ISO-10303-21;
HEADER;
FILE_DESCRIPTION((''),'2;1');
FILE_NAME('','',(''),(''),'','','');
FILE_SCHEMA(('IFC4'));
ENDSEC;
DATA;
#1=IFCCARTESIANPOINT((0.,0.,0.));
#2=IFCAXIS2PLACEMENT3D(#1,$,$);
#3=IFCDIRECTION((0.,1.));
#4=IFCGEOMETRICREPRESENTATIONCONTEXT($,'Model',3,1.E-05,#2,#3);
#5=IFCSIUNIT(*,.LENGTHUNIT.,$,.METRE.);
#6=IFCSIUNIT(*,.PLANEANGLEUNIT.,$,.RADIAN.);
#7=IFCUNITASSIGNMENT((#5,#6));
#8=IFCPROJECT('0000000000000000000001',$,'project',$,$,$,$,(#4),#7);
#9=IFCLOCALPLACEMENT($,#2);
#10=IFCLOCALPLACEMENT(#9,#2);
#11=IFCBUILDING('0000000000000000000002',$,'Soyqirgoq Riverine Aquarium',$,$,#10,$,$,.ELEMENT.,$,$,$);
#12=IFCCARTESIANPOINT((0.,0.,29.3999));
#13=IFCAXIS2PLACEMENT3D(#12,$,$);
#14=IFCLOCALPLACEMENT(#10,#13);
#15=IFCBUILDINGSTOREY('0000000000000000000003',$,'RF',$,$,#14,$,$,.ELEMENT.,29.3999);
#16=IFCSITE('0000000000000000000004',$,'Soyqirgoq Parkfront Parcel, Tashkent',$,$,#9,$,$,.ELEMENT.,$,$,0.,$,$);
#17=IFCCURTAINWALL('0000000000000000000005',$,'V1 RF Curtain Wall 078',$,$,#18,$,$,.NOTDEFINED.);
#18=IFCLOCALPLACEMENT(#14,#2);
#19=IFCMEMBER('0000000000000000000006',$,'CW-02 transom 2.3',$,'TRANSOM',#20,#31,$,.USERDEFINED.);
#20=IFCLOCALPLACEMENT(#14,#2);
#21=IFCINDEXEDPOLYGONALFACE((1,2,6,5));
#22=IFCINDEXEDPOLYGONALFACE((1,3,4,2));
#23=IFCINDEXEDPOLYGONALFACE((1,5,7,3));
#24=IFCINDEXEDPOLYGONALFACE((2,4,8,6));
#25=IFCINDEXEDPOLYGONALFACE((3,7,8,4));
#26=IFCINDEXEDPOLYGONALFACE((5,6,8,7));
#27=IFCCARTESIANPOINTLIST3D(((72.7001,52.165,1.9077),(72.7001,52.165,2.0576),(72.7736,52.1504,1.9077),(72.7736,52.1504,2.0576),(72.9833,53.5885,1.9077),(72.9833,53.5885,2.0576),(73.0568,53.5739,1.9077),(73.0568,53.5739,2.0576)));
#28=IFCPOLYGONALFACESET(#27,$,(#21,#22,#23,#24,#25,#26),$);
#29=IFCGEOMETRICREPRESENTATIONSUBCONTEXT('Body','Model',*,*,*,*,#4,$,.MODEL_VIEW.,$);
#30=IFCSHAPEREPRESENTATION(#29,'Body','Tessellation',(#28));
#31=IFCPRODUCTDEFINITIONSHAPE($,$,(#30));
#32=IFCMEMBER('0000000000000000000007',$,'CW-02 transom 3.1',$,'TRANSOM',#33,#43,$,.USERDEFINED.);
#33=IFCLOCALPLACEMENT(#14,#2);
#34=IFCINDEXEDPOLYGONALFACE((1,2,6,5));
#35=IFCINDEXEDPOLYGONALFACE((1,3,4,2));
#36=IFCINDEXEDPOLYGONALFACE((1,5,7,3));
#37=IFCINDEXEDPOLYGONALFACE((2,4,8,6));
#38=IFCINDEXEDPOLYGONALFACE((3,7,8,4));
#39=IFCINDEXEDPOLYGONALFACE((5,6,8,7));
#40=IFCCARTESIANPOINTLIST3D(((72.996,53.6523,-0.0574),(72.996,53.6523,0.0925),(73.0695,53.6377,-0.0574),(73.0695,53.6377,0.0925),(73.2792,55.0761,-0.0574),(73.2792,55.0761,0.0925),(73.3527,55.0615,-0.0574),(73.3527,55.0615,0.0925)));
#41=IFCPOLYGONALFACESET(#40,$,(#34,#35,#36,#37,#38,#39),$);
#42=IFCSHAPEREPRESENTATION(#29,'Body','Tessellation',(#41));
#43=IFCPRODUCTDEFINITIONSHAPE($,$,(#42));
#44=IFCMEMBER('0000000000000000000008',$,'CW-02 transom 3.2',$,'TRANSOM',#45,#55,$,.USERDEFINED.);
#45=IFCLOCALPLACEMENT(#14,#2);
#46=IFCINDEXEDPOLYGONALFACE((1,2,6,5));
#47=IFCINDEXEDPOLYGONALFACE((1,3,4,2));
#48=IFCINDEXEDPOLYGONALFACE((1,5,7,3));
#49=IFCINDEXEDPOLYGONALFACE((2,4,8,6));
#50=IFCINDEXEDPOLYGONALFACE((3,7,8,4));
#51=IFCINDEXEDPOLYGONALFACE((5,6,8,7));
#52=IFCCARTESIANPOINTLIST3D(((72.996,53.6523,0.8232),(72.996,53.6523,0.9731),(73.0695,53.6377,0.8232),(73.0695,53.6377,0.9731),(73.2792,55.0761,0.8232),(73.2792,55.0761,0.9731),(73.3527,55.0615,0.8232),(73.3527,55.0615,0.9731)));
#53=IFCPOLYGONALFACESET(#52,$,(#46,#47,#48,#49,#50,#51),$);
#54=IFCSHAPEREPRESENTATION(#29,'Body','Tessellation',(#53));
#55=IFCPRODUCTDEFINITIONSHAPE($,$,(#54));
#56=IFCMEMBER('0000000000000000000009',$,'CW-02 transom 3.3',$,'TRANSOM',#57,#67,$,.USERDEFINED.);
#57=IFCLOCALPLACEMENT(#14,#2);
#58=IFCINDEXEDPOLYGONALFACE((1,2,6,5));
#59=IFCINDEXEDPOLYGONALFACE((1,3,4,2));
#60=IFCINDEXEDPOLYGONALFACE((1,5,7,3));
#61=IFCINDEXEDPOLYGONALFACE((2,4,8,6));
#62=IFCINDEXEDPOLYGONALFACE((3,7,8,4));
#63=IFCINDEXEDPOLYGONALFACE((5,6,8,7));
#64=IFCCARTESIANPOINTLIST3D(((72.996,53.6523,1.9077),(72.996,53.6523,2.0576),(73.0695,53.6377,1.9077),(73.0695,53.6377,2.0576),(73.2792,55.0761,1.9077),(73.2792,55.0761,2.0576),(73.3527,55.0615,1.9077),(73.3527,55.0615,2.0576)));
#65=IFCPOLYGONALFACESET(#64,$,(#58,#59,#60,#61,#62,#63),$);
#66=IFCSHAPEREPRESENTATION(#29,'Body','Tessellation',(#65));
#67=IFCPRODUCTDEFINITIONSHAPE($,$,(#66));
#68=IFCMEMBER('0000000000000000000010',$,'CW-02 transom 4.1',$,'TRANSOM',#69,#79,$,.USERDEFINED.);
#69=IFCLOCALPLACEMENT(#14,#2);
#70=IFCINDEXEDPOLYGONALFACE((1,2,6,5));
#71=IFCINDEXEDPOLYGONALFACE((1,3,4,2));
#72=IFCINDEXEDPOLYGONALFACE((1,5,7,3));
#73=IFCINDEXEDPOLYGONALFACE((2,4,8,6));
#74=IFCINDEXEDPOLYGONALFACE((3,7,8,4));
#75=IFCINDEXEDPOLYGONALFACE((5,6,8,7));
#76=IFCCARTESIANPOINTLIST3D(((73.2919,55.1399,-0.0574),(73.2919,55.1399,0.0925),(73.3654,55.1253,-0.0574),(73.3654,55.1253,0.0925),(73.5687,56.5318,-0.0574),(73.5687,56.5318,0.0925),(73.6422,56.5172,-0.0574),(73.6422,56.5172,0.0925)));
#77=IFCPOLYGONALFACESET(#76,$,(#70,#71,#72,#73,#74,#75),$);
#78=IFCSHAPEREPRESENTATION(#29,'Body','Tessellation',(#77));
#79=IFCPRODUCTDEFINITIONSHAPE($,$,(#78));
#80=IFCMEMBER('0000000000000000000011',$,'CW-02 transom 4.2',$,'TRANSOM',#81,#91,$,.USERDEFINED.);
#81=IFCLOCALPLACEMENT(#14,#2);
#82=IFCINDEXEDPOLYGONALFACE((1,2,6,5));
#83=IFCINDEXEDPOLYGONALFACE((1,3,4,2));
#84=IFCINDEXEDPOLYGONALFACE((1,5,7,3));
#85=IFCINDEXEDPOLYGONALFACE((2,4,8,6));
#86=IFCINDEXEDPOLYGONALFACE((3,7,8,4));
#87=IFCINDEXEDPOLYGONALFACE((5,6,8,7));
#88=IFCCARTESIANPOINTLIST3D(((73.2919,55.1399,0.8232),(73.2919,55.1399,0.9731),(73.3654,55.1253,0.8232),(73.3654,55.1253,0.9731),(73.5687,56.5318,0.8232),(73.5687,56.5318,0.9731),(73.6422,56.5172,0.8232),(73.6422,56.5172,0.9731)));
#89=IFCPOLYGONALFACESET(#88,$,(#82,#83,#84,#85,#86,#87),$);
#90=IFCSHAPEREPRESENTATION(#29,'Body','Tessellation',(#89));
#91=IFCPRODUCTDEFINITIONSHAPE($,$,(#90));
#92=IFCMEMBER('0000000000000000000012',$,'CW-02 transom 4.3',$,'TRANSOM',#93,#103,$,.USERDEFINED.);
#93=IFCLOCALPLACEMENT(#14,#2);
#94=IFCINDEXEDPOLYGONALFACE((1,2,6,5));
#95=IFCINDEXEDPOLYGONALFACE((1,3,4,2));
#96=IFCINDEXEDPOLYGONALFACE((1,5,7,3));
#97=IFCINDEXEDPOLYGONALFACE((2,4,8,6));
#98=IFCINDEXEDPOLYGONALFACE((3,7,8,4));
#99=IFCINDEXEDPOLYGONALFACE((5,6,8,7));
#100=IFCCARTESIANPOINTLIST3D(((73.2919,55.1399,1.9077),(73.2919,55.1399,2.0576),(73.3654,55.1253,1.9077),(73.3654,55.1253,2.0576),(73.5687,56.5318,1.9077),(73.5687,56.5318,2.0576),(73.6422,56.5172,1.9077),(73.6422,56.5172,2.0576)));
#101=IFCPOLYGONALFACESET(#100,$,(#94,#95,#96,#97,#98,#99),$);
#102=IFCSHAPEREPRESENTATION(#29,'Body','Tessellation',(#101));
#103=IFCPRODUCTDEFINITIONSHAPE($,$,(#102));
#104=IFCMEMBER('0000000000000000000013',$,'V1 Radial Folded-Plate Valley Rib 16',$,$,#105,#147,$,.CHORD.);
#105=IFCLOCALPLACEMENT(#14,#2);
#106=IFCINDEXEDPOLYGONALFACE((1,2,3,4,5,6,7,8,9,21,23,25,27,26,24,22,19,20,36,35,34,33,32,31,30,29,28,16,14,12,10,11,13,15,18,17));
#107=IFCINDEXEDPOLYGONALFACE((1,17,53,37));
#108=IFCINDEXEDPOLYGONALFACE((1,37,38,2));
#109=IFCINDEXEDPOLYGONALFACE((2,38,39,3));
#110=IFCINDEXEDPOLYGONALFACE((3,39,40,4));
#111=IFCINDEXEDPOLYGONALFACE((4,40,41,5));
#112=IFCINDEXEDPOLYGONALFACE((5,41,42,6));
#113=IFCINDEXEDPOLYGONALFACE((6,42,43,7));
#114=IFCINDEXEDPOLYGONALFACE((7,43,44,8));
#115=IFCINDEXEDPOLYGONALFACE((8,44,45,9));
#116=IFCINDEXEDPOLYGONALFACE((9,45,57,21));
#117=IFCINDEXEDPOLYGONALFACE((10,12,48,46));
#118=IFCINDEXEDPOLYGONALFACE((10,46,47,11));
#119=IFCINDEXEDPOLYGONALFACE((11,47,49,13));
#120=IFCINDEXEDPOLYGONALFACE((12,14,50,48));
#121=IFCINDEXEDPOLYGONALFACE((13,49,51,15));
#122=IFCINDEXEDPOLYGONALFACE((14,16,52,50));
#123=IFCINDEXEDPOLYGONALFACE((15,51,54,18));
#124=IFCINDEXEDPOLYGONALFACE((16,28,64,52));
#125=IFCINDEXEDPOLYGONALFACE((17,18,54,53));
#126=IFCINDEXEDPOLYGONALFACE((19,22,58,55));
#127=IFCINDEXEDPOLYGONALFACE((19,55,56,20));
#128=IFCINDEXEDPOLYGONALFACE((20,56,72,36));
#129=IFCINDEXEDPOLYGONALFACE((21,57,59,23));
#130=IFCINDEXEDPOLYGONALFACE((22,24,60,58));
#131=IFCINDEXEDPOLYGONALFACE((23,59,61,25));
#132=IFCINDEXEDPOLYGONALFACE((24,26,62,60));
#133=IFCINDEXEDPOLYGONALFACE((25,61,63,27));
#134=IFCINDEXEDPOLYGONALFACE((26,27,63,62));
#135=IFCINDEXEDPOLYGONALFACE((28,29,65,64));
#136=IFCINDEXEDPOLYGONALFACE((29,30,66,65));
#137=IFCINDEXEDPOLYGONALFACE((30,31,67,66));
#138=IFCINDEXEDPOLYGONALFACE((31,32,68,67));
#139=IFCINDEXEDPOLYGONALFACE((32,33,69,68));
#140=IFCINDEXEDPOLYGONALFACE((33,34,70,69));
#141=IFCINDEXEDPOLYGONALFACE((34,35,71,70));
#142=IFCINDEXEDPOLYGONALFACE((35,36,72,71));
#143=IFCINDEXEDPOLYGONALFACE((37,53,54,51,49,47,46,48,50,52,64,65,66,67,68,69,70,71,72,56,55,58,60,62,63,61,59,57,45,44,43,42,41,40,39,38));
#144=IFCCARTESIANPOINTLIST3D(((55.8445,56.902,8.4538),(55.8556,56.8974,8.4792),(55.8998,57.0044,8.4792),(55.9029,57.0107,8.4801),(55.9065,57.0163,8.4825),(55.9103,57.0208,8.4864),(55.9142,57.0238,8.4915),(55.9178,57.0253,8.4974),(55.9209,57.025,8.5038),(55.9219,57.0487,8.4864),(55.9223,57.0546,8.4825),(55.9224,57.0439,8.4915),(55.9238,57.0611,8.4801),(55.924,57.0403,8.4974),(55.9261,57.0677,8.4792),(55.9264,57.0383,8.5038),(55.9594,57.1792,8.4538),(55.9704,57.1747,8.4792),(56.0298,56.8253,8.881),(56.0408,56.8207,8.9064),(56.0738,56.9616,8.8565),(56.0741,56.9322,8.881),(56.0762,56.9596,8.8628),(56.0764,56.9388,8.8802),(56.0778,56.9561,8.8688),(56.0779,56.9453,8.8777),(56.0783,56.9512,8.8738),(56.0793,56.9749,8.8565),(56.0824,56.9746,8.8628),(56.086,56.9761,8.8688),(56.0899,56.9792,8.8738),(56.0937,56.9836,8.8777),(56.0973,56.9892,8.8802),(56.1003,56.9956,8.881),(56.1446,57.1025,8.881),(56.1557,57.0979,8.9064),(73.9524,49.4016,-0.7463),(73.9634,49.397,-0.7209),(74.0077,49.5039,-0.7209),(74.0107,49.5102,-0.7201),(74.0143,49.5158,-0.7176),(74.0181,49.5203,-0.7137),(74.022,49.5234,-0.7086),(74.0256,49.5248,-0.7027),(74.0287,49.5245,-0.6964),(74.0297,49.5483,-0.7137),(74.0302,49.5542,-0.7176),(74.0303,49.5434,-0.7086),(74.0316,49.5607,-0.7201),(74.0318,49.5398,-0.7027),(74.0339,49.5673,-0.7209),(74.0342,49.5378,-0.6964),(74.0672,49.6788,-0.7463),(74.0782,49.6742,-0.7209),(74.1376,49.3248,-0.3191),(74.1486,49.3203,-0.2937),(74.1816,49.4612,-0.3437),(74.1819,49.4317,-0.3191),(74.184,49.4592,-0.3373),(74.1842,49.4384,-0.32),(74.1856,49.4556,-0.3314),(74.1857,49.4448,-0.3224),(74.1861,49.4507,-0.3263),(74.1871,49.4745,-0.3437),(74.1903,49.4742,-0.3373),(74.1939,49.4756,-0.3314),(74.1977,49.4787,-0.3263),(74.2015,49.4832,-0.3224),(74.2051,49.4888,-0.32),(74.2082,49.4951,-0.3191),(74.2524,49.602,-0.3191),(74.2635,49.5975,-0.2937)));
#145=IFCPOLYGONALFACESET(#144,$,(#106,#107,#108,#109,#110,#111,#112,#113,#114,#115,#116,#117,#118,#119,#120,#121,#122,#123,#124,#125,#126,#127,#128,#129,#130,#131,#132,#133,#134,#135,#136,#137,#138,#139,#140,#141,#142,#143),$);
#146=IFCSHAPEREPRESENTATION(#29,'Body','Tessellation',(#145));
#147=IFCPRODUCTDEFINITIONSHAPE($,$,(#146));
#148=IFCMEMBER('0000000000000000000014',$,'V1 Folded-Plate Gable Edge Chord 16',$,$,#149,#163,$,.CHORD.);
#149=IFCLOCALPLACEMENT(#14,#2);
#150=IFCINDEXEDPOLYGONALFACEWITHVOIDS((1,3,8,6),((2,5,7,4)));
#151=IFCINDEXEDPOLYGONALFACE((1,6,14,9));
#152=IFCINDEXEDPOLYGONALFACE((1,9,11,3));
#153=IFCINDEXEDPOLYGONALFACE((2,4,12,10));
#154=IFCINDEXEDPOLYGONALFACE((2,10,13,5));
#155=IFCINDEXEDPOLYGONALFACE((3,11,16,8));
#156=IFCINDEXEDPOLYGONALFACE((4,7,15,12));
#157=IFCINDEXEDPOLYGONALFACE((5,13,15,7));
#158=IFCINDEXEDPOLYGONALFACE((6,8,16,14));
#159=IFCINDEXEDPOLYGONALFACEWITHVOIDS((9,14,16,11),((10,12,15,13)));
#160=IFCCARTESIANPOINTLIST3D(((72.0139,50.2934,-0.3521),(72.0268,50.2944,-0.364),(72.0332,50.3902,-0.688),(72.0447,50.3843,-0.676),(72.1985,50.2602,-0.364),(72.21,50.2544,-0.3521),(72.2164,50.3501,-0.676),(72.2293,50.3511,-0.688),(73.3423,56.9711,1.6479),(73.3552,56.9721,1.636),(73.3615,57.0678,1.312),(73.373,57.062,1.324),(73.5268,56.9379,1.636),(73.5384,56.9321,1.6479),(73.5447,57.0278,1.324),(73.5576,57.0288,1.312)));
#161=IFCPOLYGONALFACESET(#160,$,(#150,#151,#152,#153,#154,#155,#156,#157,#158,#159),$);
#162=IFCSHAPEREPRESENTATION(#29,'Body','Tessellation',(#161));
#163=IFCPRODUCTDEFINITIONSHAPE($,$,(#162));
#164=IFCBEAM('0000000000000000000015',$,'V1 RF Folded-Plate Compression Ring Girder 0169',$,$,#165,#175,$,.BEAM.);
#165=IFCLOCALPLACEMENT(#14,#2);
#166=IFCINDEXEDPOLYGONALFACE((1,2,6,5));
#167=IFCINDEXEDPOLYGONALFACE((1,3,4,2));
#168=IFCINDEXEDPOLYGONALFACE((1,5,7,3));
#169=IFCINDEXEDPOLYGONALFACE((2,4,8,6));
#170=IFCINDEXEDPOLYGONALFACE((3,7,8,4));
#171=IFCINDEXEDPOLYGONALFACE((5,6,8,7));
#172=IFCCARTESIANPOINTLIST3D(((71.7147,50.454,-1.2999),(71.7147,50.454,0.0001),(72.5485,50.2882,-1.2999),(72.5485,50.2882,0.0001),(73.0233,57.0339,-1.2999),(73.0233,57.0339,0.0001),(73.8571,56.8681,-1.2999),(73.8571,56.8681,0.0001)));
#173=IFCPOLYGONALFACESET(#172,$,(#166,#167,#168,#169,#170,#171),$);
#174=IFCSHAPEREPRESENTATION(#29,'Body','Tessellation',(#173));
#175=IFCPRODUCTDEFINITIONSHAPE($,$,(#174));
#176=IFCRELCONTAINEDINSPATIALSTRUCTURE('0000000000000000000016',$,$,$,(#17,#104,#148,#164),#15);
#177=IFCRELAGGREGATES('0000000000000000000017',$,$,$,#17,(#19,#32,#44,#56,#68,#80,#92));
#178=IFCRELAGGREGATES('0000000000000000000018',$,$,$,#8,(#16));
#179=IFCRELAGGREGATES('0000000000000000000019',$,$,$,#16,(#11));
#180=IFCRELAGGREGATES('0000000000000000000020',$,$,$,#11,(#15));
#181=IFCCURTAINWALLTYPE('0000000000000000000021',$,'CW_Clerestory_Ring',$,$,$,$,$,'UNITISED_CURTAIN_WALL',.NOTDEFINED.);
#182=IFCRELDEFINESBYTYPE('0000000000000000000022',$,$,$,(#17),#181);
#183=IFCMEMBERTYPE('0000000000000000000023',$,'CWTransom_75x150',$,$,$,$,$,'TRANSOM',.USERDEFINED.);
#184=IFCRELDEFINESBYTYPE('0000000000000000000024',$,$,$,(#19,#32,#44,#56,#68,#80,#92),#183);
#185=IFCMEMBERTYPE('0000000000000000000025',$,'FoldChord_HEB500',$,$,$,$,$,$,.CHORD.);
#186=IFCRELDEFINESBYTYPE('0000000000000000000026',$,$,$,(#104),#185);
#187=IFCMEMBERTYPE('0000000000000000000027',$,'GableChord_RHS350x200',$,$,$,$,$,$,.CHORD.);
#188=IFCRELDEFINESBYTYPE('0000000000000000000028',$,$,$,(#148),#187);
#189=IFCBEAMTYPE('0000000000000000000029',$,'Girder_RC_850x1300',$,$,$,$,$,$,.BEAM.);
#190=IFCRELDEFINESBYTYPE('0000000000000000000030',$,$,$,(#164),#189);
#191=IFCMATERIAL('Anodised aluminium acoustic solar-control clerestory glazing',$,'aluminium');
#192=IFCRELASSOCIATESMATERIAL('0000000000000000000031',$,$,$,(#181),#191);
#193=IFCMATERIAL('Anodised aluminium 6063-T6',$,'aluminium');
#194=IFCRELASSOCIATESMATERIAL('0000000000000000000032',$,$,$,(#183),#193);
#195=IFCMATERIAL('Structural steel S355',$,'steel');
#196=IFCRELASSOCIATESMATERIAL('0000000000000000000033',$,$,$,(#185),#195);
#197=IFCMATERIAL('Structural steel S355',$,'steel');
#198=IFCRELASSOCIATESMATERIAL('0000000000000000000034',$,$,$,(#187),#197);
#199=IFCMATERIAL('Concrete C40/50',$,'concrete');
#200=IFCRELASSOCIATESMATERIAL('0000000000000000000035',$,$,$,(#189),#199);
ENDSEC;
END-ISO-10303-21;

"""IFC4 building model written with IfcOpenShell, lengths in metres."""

from ifc_helpers import new_model, si_unit, direction, frame, origin, origin_2d, place, context, subcontext, project, spatial, rectangle, hollow_rectangle, i_section, extrude, material, material_profile, profile_set, type_object, element, aggregate, save


model = new_model("IFC4")

# Units and contexts
model_context = context("Model", 3, precision=1e-05, world=origin(), true_north=direction((0.0, 1.0)))
body_context = subcontext(model_context, "Body", "Model", "MODEL_VIEW")
ifc_project = project(units=[si_unit("LENGTHUNIT", "METRE"), si_unit("PLANEANGLEUNIT", "RADIAN")], contexts=[model_context])

# Site, building, storey
site_placement = place(None, origin())
site = spatial("IfcSite", under=ifc_project, at=site_placement, Name="Soyqirgoq Parkfront Parcel, Tashkent", CompositionType="ELEMENT", RefElevation=0.0)
building_placement = place(site_placement, origin())
building = spatial("IfcBuilding", under=site, at=building_placement, Name="Soyqirgoq Riverine Aquarium", CompositionType="ELEMENT")
storey_placement = place(building_placement, frame((0.0, 0.0, 29.3999)))
storey = spatial("IfcBuildingStorey", under=building, at=storey_placement, Name="RF", CompositionType="ELEMENT", Elevation=29.3999)

# Shared definitions
ifc_material_1 = material(Name="Anodised aluminium acoustic solar-control clerestory glazing", Category="aluminium")
curtain_wall_type = type_object("IfcCurtainWallType", Name="CW_Clerestory_Ring", ElementType="UNITISED_CURTAIN_WALL", PredefinedType="NOTDEFINED", material=ifc_material_1)

# Curtain wall
curtain_wall_1_placement = place(storey_placement, origin())
curtain_wall_1 = element("IfcCurtainWall", 1, at=curtain_wall_1_placement, inside=storey, type_object=curtain_wall_type, Name="V1 RF Curtain Wall 078", PredefinedType="NOTDEFINED")

# Members
ifc_material_2 = material(Name="Anodised aluminium 6063-T6", Category="aluminium")
ifc_material_profile_1 = material_profile(ifc_material_2, rectangle(XDim=0.075, YDim=0.1499, at=origin_2d()), Name="ALU-T 75x150")
ifc_profile_set_1 = profile_set([ifc_material_profile_1], Name="Anodised aluminium 6063-T6")
member_type_1 = type_object("IfcMemberType", Name="CWTransom_75x150", ElementType="TRANSOM", PredefinedType="USERDEFINED", material=ifc_profile_set_1)
member_1_placement = place(storey_placement, frame((72.7368, 52.1577, 1.9827), z_axis=(0.195113, 0.980781, 0.0), x_axis=(-0.980781, 0.195113, 0.0)))
member_1 = element("IfcMember", 2, at=member_1_placement, type_object=member_type_1, Name="CW-02 transom 2.3", ObjectType="TRANSOM", PredefinedType="USERDEFINED", context=body_context, shape_type="SweptSolid", body=[
    extrude(rectangle(XDim=0.075, YDim=0.1499, at=origin_2d()), origin(), (0.0, 0.0, 1.0), 1.4514),
])
member_2_placement = place(storey_placement, frame((73.0327, 53.645, 0.0176), z_axis=(0.195081, 0.980787, 0.0), x_axis=(-0.980787, 0.195081, 0.0)))
member_2 = element("IfcMember", 3, at=member_2_placement, type_object=member_type_1, Name="CW-02 transom 3.1", ObjectType="TRANSOM", PredefinedType="USERDEFINED", context=body_context, shape_type="SweptSolid", body=[
    extrude(rectangle(XDim=0.075, YDim=0.1499, at=origin_2d()), origin(), (0.0, 0.0, 1.0), 1.4517),
])
member_3_placement = place(storey_placement, frame((73.0327, 53.645, 0.8982), z_axis=(0.195081, 0.980787, 0.0), x_axis=(-0.980787, 0.195081, 0.0)))
member_3 = element("IfcMember", 4, at=member_3_placement, type_object=member_type_1, Name="CW-02 transom 3.2", ObjectType="TRANSOM", PredefinedType="USERDEFINED", context=body_context, shape_type="SweptSolid", body=[
    extrude(rectangle(XDim=0.075, YDim=0.1499, at=origin_2d()), origin(), (0.0, 0.0, 1.0), 1.4517),
])
member_4_placement = place(storey_placement, frame((73.0327, 53.645, 1.9827), z_axis=(0.195081, 0.980787, 0.0), x_axis=(-0.980787, 0.195081, 0.0)))
member_4 = element("IfcMember", 5, at=member_4_placement, type_object=member_type_1, Name="CW-02 transom 3.3", ObjectType="TRANSOM", PredefinedType="USERDEFINED", context=body_context, shape_type="SweptSolid", body=[
    extrude(rectangle(XDim=0.075, YDim=0.1499, at=origin_2d()), origin(), (0.0, 0.0, 1.0), 1.4517),
])
member_5_placement = place(storey_placement, frame((73.3286, 55.1326, 0.0176), z_axis=(0.19509, 0.980785, 0.0), x_axis=(-0.980785, 0.19509, 0.0)))
member_5 = element("IfcMember", 6, at=member_5_placement, type_object=member_type_1, Name="CW-02 transom 4.1", ObjectType="TRANSOM", PredefinedType="USERDEFINED", context=body_context, shape_type="SweptSolid", body=[
    extrude(rectangle(XDim=0.075, YDim=0.1499, at=origin_2d()), origin(), (0.0, 0.0, 1.0), 1.4192),
])
member_6_placement = place(storey_placement, frame((73.3286, 55.1326, 0.8982), z_axis=(0.19509, 0.980785, 0.0), x_axis=(-0.980785, 0.19509, 0.0)))
member_6 = element("IfcMember", 7, at=member_6_placement, type_object=member_type_1, Name="CW-02 transom 4.2", ObjectType="TRANSOM", PredefinedType="USERDEFINED", context=body_context, shape_type="SweptSolid", body=[
    extrude(rectangle(XDim=0.075, YDim=0.1499, at=origin_2d()), origin(), (0.0, 0.0, 1.0), 1.4192),
])
member_7_placement = place(storey_placement, frame((73.3286, 55.1326, 1.9827), z_axis=(0.19509, 0.980785, 0.0), x_axis=(-0.980785, 0.19509, 0.0)))
member_7 = element("IfcMember", 8, at=member_7_placement, type_object=member_type_1, Name="CW-02 transom 4.3", ObjectType="TRANSOM", PredefinedType="USERDEFINED", context=body_context, shape_type="SweptSolid", body=[
    extrude(rectangle(XDim=0.075, YDim=0.1499, at=origin_2d()), origin(), (0.0, 0.0, 1.0), 1.4192),
])

# Members
ifc_material_3 = material(Name="Structural steel S355", Category="steel")
ifc_material_profile_2 = material_profile(ifc_material_3, i_section(OverallWidth=0.3, OverallDepth=0.5, WebThickness=0.0144, FlangeThickness=0.0281, FilletRadius=0.0271, at=origin_2d()), Name="HEB 500")
ifc_profile_set_2 = profile_set([ifc_material_profile_2], Name="Structural steel S355")
member_type_2 = type_object("IfcMemberType", Name="FoldChord_HEB500", PredefinedType="CHORD", material=ifc_profile_set_2)
member_8_placement = place(storey_placement, frame((74.1079, 49.4995, -0.52), z_axis=(-0.836326, 0.346415, 0.424917), x_axis=(-0.382681, -0.923881, 0.0)))
element("IfcMember", 9, at=member_8_placement, inside=storey, type_object=member_type_2, Name="V1 Radial Folded-Plate Valley Rib 16", PredefinedType="CHORD", context=body_context, shape_type="SweptSolid", body=[
    extrude(i_section(OverallWidth=0.3, OverallDepth=0.5, WebThickness=0.0144, FlangeThickness=0.0281, FilletRadius=0.0271, at=origin_2d()), origin(), (0.0, 0.0, 1.0), 21.6516),
])
ifc_material_4 = material(Name="Structural steel S355", Category="steel")
ifc_material_profile_3 = material_profile(ifc_material_4, hollow_rectangle(XDim=0.2, YDim=0.3501, WallThickness=0.0125, at=origin_2d()), Name="RHS 350x200x12.5")
ifc_profile_set_3 = profile_set([ifc_material_profile_3], Name="Structural steel S355")
member_type_3 = type_object("IfcMemberType", Name="GableChord_RHS350x200", PredefinedType="CHORD", material=ifc_profile_set_3)
member_9_placement = place(storey_placement, frame((72.1216, 50.3223, -0.52), z_axis=(0.187193, 0.941024, 0.281839), x_axis=(-0.980783, 0.195102, 0.0)))
element("IfcMember", 10, at=member_9_placement, inside=storey, type_object=member_type_3, Name="V1 Folded-Plate Gable Edge Chord 16", PredefinedType="CHORD", context=body_context, shape_type="SweptSolid", body=[
    extrude(hollow_rectangle(XDim=0.2, YDim=0.3501, WallThickness=0.0125, at=origin_2d()), origin(), (0.0, 0.0, 1.0), 7.0962),
])

# Beam
ifc_material_5 = material(Name="Concrete C40/50", Category="concrete")
ifc_material_profile_4 = material_profile(ifc_material_5, rectangle(XDim=0.8501, YDim=1.3, at=origin_2d()), Name="RC 850x1300")
ifc_profile_set_4 = profile_set([ifc_material_profile_4], Name="Concrete C40/50")
beam_type = type_object("IfcBeamType", Name="Girder_RC_850x1300", PredefinedType="BEAM", material=ifc_profile_set_4)
beam_placement = place(storey_placement, frame((72.1316, 50.3711, -0.6499), z_axis=(0.195059, 0.980791, 0.0), x_axis=(-0.980791, 0.195059, 0.0)))
element("IfcBeam", 11, at=beam_placement, inside=storey, type_object=beam_type, Name="V1 RF Folded-Plate Compression Ring Girder 0169", PredefinedType="BEAM", context=body_context, shape_type="SweptSolid", body=[
    extrude(rectangle(XDim=0.8501, YDim=1.3, at=origin_2d()), origin(), (0.0, 0.0, 1.0), 6.7087),
])

aggregate(curtain_wall_1, [member_1, member_2, member_3, member_4, member_5, member_6, member_7])

save(model, "model.ifc")
